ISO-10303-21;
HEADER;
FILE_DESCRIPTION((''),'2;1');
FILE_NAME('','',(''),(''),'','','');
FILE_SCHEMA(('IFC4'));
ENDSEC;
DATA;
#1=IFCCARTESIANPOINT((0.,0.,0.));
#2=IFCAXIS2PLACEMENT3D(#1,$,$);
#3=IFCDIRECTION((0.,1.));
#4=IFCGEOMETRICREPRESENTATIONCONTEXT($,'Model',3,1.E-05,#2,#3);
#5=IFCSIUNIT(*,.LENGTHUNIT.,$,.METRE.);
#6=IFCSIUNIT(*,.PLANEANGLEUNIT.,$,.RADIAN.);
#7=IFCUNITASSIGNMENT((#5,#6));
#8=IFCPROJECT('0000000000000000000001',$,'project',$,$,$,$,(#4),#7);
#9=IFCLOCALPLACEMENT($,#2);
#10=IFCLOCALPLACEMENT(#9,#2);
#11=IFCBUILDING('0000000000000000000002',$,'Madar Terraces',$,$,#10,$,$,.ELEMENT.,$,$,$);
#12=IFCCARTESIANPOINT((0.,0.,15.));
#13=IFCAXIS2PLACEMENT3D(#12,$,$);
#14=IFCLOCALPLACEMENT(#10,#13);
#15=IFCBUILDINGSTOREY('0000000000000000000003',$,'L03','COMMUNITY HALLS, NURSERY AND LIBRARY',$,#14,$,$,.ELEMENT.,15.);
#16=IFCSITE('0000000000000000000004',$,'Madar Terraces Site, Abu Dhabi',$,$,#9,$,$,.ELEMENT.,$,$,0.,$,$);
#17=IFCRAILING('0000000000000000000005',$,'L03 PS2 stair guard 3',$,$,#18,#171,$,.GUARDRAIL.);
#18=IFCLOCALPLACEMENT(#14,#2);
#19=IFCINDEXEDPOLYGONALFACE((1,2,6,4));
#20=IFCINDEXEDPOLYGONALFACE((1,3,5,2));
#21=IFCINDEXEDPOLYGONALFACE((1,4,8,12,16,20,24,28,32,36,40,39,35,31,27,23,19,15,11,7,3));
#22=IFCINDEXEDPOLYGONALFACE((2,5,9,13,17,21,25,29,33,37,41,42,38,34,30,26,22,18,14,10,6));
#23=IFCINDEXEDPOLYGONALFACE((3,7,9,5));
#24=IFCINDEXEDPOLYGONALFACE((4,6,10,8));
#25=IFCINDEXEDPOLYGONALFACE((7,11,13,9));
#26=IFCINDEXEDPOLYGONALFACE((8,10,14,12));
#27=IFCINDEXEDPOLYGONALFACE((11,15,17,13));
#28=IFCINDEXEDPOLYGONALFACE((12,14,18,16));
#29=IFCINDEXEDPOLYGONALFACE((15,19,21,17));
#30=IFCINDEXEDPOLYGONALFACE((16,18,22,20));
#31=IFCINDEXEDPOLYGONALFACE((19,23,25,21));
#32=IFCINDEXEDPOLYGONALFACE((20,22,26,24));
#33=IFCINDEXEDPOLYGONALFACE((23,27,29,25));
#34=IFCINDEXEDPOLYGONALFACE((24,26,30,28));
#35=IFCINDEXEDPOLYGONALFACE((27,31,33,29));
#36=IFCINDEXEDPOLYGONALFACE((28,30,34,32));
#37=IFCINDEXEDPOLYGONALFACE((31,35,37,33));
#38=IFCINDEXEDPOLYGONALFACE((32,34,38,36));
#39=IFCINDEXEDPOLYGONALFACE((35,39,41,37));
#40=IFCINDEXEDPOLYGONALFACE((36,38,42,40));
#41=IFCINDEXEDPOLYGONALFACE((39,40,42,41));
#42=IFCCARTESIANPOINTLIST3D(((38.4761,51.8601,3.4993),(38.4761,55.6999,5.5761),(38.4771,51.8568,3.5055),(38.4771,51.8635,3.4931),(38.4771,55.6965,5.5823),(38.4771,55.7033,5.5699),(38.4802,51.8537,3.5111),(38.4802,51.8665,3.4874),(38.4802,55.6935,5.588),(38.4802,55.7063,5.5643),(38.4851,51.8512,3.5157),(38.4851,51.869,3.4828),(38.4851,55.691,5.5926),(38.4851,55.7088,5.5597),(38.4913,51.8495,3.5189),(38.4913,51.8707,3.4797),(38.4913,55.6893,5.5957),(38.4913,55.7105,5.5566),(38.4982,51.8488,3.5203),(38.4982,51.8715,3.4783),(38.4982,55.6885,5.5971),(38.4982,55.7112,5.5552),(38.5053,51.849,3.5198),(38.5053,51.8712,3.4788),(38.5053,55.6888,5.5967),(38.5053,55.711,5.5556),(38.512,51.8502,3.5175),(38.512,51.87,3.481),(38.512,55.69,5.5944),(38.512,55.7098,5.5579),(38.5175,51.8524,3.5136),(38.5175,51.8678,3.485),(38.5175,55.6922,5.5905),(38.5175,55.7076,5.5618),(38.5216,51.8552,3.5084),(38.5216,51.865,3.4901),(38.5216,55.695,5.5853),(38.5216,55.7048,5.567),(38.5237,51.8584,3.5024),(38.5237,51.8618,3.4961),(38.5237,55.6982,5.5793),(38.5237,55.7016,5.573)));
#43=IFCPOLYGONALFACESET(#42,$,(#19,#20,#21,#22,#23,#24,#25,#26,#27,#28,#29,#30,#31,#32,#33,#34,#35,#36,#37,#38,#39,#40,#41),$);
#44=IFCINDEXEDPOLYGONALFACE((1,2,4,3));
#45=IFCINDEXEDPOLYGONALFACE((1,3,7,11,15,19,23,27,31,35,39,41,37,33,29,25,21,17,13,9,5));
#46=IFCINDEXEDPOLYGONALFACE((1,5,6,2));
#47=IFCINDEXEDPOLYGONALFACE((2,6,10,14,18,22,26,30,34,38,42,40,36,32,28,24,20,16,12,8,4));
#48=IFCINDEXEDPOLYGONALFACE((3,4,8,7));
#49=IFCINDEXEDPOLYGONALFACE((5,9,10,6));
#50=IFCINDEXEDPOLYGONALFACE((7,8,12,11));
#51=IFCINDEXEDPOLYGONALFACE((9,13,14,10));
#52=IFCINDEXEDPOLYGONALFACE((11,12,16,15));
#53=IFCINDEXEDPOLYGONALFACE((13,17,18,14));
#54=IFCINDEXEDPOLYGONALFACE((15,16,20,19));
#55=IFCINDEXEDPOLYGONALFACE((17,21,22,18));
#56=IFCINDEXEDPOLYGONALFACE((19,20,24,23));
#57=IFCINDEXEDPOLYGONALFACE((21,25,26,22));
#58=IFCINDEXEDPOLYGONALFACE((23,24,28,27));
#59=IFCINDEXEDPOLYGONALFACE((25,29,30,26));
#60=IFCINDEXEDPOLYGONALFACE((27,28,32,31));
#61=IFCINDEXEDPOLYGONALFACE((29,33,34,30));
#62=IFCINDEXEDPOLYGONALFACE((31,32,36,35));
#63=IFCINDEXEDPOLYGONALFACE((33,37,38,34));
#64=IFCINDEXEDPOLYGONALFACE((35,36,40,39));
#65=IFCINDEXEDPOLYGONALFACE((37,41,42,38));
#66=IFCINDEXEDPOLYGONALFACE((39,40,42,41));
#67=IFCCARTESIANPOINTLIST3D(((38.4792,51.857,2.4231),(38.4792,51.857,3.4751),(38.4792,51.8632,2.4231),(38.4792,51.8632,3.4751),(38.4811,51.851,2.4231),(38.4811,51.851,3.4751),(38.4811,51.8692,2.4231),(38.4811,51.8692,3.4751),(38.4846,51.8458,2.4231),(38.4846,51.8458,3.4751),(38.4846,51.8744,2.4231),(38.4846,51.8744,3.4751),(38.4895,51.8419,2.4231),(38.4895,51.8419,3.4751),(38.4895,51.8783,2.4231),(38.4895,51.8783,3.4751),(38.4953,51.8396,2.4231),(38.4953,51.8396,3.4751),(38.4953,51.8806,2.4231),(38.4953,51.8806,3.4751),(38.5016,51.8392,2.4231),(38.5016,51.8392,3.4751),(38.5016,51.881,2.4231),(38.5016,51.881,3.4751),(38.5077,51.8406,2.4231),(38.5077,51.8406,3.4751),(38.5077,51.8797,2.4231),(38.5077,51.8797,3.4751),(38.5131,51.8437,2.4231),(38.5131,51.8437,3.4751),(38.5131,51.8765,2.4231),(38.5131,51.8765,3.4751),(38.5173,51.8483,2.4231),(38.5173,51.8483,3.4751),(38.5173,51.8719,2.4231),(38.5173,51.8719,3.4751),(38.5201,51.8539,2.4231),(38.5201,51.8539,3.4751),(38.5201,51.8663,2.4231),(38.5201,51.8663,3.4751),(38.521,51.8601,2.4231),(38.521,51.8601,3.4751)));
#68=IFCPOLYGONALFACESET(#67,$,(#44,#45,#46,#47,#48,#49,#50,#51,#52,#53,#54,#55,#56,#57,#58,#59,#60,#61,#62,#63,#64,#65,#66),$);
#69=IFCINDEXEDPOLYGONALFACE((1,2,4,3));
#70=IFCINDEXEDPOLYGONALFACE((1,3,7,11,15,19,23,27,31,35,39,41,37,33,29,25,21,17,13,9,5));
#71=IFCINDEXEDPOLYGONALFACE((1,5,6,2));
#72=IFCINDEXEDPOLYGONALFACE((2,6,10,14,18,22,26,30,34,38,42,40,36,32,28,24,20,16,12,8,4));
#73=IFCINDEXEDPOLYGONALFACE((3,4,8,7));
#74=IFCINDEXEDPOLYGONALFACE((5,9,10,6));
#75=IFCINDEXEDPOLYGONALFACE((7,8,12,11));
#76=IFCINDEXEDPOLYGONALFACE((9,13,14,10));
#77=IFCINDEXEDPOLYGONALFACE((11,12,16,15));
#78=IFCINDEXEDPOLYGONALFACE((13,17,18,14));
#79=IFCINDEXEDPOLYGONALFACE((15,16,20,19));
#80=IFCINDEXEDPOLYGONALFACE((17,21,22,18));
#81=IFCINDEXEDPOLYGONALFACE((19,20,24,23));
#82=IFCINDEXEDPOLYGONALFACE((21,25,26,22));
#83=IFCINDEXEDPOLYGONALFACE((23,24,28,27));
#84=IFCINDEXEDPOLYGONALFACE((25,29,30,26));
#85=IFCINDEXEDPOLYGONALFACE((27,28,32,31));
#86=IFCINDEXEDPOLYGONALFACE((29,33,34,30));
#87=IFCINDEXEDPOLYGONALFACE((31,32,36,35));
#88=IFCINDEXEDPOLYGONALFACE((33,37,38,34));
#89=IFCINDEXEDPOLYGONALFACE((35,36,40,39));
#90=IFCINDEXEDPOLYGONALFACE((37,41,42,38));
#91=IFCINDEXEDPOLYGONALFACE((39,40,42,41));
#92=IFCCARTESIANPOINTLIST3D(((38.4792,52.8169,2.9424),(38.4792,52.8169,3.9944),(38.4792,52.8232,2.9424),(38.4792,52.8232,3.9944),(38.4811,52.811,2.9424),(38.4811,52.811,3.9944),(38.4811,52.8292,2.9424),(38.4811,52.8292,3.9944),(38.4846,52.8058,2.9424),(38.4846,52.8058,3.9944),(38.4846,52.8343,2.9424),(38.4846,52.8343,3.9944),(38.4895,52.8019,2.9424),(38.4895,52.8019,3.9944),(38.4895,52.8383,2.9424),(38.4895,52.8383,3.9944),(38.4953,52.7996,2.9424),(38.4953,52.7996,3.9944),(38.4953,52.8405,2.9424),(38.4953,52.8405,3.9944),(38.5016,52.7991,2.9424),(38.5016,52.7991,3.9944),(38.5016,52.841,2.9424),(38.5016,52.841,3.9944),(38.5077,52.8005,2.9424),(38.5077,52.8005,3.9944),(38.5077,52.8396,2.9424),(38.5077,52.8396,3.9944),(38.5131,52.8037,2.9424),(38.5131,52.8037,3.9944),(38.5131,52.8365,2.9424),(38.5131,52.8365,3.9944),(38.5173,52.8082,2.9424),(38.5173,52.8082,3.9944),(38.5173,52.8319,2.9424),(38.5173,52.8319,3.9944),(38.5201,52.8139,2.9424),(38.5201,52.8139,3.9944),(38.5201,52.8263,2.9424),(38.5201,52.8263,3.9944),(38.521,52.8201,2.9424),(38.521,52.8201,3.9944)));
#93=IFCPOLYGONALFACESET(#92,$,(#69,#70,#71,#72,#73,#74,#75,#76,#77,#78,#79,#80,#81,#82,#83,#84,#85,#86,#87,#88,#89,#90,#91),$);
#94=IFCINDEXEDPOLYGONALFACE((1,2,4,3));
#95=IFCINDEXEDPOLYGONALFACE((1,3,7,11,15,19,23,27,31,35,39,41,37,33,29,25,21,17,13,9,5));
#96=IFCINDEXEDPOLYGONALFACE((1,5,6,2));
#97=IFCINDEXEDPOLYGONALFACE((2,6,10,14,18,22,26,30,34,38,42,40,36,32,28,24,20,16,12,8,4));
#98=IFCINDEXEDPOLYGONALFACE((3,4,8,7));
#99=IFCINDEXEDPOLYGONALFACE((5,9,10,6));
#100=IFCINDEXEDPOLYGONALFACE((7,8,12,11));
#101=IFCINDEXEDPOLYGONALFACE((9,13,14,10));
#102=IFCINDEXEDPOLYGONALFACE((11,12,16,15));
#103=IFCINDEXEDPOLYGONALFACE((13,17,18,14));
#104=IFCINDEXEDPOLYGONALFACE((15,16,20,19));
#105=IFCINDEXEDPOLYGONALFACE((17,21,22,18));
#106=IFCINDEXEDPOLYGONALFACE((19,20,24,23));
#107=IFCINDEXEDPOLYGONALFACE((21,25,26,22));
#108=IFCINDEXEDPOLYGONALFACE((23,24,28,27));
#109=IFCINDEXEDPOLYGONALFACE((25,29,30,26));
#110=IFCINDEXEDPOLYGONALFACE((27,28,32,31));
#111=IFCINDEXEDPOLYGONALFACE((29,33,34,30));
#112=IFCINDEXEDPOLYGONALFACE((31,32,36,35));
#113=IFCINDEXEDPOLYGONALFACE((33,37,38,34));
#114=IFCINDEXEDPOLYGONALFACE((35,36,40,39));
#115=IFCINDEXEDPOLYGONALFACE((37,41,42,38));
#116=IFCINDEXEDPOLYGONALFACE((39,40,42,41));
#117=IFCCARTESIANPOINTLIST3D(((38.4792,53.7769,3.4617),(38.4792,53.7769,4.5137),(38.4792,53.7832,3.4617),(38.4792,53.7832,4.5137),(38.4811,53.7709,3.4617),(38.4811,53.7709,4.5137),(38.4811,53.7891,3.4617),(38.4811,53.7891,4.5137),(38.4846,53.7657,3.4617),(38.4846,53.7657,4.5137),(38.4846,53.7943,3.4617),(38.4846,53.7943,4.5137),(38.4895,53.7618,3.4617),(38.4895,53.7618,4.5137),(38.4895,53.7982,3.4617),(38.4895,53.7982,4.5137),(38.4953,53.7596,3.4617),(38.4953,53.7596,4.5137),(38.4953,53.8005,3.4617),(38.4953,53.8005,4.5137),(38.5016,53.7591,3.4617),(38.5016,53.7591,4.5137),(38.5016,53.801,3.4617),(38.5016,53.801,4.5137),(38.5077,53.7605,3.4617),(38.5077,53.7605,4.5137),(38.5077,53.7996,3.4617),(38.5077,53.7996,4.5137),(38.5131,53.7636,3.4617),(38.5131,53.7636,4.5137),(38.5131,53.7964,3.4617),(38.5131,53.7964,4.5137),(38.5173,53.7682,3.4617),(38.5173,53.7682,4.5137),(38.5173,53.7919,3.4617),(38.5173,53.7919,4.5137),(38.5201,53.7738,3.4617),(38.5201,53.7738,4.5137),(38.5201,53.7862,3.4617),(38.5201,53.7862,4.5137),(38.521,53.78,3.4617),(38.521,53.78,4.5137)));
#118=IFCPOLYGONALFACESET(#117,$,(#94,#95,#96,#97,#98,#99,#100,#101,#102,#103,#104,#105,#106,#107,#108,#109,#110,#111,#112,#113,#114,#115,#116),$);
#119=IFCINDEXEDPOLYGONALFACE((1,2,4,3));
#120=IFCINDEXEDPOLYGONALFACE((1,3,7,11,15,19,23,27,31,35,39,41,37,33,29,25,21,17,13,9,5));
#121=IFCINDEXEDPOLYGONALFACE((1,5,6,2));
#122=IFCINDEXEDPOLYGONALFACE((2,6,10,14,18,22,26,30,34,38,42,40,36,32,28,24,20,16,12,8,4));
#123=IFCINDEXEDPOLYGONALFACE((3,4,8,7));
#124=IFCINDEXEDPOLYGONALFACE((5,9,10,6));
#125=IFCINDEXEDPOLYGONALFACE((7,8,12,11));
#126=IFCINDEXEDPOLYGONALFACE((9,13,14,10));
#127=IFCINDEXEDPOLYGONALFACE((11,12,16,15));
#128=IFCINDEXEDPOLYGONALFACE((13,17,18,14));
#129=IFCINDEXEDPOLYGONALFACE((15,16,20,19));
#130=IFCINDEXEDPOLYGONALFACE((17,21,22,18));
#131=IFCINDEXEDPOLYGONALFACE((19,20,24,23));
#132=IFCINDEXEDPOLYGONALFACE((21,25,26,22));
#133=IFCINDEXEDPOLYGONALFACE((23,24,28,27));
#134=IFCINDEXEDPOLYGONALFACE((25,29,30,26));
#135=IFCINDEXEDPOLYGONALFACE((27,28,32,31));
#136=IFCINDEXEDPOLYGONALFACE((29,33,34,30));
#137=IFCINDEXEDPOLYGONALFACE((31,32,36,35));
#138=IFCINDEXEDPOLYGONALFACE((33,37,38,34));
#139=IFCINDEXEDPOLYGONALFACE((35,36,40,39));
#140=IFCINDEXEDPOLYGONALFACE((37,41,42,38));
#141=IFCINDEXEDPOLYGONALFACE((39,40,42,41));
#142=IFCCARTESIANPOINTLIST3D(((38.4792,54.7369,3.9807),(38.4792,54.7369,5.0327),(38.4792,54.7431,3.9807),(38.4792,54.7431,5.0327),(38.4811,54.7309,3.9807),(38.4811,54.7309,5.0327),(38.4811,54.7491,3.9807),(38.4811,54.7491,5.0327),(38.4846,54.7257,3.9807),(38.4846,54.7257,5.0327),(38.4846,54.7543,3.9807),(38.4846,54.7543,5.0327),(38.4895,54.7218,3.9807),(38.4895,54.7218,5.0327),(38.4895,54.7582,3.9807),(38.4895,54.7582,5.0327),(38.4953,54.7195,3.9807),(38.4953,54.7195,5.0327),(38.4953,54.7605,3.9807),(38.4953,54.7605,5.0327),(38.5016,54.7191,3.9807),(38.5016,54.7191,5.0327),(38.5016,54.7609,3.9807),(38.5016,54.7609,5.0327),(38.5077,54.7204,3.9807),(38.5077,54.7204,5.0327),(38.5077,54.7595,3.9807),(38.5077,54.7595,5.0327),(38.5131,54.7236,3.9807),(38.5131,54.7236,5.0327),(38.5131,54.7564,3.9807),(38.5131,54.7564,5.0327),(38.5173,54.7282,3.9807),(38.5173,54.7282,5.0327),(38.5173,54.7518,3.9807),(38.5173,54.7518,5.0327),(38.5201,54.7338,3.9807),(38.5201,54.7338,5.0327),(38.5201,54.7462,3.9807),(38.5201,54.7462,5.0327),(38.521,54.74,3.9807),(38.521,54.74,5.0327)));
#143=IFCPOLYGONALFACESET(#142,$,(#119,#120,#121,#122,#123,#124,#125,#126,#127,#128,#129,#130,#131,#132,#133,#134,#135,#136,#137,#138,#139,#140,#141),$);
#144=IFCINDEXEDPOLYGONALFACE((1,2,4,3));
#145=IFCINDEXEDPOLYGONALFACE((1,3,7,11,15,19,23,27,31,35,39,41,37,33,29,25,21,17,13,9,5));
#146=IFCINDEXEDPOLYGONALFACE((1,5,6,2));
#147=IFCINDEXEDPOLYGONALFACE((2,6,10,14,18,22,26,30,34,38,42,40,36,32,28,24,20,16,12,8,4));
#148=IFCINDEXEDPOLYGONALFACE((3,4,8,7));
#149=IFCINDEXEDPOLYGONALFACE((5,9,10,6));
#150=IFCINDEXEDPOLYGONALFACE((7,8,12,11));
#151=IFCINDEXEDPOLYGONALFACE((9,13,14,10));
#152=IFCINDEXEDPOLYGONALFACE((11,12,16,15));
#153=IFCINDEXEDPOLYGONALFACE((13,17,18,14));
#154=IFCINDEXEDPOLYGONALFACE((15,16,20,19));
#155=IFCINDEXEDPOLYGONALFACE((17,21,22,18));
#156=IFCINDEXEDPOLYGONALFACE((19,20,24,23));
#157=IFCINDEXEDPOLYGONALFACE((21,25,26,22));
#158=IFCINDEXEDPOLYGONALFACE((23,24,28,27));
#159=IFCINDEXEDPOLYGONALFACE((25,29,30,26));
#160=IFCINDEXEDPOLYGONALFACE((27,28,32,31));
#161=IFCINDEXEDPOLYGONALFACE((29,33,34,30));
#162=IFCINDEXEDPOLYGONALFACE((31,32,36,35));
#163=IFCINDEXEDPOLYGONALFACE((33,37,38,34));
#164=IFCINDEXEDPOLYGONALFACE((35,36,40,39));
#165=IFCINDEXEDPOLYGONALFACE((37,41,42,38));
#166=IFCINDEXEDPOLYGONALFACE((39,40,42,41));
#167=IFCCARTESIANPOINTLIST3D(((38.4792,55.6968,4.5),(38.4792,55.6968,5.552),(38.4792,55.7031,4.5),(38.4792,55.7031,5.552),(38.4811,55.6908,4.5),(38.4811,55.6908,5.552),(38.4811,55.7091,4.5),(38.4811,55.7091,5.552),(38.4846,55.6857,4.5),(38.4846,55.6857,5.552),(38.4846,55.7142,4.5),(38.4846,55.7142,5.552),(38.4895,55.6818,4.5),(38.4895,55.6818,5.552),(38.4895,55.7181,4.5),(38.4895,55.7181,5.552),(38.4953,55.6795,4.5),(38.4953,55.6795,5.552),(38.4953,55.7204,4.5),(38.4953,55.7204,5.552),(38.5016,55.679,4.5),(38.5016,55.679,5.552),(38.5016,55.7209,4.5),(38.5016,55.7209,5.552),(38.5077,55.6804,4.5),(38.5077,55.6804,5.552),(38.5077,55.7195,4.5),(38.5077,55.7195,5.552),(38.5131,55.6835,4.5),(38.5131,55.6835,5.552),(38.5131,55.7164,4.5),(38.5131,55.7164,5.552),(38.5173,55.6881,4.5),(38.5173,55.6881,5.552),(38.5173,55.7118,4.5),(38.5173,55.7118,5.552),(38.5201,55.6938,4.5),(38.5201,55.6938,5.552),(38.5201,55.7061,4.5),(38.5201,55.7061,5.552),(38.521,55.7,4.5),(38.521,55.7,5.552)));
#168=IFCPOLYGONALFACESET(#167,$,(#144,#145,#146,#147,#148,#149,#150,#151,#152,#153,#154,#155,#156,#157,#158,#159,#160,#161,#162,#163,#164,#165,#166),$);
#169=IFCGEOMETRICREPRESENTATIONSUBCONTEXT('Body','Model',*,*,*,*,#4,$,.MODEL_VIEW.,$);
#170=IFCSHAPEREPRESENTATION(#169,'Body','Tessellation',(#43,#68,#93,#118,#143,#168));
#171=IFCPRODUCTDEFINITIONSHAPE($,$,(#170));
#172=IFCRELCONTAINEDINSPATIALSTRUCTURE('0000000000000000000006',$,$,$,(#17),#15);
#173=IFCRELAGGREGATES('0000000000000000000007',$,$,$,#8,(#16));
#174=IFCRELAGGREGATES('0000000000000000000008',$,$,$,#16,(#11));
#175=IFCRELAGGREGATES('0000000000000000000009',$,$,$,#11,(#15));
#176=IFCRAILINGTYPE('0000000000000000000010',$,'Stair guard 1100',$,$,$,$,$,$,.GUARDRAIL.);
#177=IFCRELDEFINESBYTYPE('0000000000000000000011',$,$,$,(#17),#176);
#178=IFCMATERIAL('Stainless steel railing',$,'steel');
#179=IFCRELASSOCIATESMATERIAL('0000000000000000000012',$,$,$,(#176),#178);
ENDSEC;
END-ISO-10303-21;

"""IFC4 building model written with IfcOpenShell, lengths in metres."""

from ifc_helpers import new_model, si_unit, direction, frame, origin, origin_2d, place, context, subcontext, project, spatial, circle, extrude, material, type_object, element, save


model = new_model("IFC4")

# Units and contexts
model_context = context("Model", 3, precision=1e-05, world=origin(), true_north=direction((0.0, 1.0)))
body_context = subcontext(model_context, "Body", "Model", "MODEL_VIEW")
ifc_project = project(units=[si_unit("LENGTHUNIT", "METRE"), si_unit("PLANEANGLEUNIT", "RADIAN")], contexts=[model_context])

# Site, building, storey
site_placement = place(None, origin())
site = spatial("IfcSite", under=ifc_project, at=site_placement, Name="Madar Terraces Site, Abu Dhabi", CompositionType="ELEMENT", RefElevation=0.0)
building_placement = place(site_placement, origin())
building = spatial("IfcBuilding", under=site, at=building_placement, Name="Madar Terraces", CompositionType="ELEMENT")
storey_placement = place(building_placement, frame((0.0, 0.0, 15.0)))
storey = spatial("IfcBuildingStorey", under=building, at=storey_placement, Name="L03", Description="COMMUNITY HALLS, NURSERY AND LIBRARY", CompositionType="ELEMENT", Elevation=15.0)

# Railing
ifc_material_1 = material(Name="Stainless steel railing", Category="steel")
railing_type_1 = type_object("IfcRailingType", Name="Stair guard 1100", PredefinedType="GUARDRAIL", material=ifc_material_1)
railing_1_placement = place(storey_placement, frame((38.5, 51.8601, 2.4231)))
element("IfcRailing", 1, at=railing_1_placement, inside=storey, type_object=railing_type_1, Name="L03 PS2 stair guard 3", PredefinedType="GUARDRAIL", context=body_context, shape_type="SweptSolid", body=[
    extrude(circle(Radius=0.0239, at=origin_2d()), frame((0.0, 0.0, 1.0762), z_axis=(0.0, 0.879581, 0.47575), x_axis=(-1.0, 0.0, 0.0)), (0.0, 0.0, 1.0), 4.3655),
    extrude(circle(Radius=0.021, at=origin_2d()), origin(), (0.0, 0.0, 1.0), 1.052),
    extrude(circle(Radius=0.021, at=origin_2d()), frame((0.0, 0.96, 0.5193)), (0.0, 0.0, 1.0), 1.052),
    extrude(circle(Radius=0.021, at=origin_2d()), frame((0.0, 1.9199, 1.0386)), (0.0, 0.0, 1.0), 1.052),
    extrude(circle(Radius=0.021, at=origin_2d()), frame((0.0, 2.8799, 1.5576)), (0.0, 0.0, 1.0), 1.052),
    extrude(circle(Radius=0.021, at=origin_2d()), frame((0.0, 3.8398, 2.0769)), (0.0, 0.0, 1.0), 1.052),
])

save(model, "model.ifc")
